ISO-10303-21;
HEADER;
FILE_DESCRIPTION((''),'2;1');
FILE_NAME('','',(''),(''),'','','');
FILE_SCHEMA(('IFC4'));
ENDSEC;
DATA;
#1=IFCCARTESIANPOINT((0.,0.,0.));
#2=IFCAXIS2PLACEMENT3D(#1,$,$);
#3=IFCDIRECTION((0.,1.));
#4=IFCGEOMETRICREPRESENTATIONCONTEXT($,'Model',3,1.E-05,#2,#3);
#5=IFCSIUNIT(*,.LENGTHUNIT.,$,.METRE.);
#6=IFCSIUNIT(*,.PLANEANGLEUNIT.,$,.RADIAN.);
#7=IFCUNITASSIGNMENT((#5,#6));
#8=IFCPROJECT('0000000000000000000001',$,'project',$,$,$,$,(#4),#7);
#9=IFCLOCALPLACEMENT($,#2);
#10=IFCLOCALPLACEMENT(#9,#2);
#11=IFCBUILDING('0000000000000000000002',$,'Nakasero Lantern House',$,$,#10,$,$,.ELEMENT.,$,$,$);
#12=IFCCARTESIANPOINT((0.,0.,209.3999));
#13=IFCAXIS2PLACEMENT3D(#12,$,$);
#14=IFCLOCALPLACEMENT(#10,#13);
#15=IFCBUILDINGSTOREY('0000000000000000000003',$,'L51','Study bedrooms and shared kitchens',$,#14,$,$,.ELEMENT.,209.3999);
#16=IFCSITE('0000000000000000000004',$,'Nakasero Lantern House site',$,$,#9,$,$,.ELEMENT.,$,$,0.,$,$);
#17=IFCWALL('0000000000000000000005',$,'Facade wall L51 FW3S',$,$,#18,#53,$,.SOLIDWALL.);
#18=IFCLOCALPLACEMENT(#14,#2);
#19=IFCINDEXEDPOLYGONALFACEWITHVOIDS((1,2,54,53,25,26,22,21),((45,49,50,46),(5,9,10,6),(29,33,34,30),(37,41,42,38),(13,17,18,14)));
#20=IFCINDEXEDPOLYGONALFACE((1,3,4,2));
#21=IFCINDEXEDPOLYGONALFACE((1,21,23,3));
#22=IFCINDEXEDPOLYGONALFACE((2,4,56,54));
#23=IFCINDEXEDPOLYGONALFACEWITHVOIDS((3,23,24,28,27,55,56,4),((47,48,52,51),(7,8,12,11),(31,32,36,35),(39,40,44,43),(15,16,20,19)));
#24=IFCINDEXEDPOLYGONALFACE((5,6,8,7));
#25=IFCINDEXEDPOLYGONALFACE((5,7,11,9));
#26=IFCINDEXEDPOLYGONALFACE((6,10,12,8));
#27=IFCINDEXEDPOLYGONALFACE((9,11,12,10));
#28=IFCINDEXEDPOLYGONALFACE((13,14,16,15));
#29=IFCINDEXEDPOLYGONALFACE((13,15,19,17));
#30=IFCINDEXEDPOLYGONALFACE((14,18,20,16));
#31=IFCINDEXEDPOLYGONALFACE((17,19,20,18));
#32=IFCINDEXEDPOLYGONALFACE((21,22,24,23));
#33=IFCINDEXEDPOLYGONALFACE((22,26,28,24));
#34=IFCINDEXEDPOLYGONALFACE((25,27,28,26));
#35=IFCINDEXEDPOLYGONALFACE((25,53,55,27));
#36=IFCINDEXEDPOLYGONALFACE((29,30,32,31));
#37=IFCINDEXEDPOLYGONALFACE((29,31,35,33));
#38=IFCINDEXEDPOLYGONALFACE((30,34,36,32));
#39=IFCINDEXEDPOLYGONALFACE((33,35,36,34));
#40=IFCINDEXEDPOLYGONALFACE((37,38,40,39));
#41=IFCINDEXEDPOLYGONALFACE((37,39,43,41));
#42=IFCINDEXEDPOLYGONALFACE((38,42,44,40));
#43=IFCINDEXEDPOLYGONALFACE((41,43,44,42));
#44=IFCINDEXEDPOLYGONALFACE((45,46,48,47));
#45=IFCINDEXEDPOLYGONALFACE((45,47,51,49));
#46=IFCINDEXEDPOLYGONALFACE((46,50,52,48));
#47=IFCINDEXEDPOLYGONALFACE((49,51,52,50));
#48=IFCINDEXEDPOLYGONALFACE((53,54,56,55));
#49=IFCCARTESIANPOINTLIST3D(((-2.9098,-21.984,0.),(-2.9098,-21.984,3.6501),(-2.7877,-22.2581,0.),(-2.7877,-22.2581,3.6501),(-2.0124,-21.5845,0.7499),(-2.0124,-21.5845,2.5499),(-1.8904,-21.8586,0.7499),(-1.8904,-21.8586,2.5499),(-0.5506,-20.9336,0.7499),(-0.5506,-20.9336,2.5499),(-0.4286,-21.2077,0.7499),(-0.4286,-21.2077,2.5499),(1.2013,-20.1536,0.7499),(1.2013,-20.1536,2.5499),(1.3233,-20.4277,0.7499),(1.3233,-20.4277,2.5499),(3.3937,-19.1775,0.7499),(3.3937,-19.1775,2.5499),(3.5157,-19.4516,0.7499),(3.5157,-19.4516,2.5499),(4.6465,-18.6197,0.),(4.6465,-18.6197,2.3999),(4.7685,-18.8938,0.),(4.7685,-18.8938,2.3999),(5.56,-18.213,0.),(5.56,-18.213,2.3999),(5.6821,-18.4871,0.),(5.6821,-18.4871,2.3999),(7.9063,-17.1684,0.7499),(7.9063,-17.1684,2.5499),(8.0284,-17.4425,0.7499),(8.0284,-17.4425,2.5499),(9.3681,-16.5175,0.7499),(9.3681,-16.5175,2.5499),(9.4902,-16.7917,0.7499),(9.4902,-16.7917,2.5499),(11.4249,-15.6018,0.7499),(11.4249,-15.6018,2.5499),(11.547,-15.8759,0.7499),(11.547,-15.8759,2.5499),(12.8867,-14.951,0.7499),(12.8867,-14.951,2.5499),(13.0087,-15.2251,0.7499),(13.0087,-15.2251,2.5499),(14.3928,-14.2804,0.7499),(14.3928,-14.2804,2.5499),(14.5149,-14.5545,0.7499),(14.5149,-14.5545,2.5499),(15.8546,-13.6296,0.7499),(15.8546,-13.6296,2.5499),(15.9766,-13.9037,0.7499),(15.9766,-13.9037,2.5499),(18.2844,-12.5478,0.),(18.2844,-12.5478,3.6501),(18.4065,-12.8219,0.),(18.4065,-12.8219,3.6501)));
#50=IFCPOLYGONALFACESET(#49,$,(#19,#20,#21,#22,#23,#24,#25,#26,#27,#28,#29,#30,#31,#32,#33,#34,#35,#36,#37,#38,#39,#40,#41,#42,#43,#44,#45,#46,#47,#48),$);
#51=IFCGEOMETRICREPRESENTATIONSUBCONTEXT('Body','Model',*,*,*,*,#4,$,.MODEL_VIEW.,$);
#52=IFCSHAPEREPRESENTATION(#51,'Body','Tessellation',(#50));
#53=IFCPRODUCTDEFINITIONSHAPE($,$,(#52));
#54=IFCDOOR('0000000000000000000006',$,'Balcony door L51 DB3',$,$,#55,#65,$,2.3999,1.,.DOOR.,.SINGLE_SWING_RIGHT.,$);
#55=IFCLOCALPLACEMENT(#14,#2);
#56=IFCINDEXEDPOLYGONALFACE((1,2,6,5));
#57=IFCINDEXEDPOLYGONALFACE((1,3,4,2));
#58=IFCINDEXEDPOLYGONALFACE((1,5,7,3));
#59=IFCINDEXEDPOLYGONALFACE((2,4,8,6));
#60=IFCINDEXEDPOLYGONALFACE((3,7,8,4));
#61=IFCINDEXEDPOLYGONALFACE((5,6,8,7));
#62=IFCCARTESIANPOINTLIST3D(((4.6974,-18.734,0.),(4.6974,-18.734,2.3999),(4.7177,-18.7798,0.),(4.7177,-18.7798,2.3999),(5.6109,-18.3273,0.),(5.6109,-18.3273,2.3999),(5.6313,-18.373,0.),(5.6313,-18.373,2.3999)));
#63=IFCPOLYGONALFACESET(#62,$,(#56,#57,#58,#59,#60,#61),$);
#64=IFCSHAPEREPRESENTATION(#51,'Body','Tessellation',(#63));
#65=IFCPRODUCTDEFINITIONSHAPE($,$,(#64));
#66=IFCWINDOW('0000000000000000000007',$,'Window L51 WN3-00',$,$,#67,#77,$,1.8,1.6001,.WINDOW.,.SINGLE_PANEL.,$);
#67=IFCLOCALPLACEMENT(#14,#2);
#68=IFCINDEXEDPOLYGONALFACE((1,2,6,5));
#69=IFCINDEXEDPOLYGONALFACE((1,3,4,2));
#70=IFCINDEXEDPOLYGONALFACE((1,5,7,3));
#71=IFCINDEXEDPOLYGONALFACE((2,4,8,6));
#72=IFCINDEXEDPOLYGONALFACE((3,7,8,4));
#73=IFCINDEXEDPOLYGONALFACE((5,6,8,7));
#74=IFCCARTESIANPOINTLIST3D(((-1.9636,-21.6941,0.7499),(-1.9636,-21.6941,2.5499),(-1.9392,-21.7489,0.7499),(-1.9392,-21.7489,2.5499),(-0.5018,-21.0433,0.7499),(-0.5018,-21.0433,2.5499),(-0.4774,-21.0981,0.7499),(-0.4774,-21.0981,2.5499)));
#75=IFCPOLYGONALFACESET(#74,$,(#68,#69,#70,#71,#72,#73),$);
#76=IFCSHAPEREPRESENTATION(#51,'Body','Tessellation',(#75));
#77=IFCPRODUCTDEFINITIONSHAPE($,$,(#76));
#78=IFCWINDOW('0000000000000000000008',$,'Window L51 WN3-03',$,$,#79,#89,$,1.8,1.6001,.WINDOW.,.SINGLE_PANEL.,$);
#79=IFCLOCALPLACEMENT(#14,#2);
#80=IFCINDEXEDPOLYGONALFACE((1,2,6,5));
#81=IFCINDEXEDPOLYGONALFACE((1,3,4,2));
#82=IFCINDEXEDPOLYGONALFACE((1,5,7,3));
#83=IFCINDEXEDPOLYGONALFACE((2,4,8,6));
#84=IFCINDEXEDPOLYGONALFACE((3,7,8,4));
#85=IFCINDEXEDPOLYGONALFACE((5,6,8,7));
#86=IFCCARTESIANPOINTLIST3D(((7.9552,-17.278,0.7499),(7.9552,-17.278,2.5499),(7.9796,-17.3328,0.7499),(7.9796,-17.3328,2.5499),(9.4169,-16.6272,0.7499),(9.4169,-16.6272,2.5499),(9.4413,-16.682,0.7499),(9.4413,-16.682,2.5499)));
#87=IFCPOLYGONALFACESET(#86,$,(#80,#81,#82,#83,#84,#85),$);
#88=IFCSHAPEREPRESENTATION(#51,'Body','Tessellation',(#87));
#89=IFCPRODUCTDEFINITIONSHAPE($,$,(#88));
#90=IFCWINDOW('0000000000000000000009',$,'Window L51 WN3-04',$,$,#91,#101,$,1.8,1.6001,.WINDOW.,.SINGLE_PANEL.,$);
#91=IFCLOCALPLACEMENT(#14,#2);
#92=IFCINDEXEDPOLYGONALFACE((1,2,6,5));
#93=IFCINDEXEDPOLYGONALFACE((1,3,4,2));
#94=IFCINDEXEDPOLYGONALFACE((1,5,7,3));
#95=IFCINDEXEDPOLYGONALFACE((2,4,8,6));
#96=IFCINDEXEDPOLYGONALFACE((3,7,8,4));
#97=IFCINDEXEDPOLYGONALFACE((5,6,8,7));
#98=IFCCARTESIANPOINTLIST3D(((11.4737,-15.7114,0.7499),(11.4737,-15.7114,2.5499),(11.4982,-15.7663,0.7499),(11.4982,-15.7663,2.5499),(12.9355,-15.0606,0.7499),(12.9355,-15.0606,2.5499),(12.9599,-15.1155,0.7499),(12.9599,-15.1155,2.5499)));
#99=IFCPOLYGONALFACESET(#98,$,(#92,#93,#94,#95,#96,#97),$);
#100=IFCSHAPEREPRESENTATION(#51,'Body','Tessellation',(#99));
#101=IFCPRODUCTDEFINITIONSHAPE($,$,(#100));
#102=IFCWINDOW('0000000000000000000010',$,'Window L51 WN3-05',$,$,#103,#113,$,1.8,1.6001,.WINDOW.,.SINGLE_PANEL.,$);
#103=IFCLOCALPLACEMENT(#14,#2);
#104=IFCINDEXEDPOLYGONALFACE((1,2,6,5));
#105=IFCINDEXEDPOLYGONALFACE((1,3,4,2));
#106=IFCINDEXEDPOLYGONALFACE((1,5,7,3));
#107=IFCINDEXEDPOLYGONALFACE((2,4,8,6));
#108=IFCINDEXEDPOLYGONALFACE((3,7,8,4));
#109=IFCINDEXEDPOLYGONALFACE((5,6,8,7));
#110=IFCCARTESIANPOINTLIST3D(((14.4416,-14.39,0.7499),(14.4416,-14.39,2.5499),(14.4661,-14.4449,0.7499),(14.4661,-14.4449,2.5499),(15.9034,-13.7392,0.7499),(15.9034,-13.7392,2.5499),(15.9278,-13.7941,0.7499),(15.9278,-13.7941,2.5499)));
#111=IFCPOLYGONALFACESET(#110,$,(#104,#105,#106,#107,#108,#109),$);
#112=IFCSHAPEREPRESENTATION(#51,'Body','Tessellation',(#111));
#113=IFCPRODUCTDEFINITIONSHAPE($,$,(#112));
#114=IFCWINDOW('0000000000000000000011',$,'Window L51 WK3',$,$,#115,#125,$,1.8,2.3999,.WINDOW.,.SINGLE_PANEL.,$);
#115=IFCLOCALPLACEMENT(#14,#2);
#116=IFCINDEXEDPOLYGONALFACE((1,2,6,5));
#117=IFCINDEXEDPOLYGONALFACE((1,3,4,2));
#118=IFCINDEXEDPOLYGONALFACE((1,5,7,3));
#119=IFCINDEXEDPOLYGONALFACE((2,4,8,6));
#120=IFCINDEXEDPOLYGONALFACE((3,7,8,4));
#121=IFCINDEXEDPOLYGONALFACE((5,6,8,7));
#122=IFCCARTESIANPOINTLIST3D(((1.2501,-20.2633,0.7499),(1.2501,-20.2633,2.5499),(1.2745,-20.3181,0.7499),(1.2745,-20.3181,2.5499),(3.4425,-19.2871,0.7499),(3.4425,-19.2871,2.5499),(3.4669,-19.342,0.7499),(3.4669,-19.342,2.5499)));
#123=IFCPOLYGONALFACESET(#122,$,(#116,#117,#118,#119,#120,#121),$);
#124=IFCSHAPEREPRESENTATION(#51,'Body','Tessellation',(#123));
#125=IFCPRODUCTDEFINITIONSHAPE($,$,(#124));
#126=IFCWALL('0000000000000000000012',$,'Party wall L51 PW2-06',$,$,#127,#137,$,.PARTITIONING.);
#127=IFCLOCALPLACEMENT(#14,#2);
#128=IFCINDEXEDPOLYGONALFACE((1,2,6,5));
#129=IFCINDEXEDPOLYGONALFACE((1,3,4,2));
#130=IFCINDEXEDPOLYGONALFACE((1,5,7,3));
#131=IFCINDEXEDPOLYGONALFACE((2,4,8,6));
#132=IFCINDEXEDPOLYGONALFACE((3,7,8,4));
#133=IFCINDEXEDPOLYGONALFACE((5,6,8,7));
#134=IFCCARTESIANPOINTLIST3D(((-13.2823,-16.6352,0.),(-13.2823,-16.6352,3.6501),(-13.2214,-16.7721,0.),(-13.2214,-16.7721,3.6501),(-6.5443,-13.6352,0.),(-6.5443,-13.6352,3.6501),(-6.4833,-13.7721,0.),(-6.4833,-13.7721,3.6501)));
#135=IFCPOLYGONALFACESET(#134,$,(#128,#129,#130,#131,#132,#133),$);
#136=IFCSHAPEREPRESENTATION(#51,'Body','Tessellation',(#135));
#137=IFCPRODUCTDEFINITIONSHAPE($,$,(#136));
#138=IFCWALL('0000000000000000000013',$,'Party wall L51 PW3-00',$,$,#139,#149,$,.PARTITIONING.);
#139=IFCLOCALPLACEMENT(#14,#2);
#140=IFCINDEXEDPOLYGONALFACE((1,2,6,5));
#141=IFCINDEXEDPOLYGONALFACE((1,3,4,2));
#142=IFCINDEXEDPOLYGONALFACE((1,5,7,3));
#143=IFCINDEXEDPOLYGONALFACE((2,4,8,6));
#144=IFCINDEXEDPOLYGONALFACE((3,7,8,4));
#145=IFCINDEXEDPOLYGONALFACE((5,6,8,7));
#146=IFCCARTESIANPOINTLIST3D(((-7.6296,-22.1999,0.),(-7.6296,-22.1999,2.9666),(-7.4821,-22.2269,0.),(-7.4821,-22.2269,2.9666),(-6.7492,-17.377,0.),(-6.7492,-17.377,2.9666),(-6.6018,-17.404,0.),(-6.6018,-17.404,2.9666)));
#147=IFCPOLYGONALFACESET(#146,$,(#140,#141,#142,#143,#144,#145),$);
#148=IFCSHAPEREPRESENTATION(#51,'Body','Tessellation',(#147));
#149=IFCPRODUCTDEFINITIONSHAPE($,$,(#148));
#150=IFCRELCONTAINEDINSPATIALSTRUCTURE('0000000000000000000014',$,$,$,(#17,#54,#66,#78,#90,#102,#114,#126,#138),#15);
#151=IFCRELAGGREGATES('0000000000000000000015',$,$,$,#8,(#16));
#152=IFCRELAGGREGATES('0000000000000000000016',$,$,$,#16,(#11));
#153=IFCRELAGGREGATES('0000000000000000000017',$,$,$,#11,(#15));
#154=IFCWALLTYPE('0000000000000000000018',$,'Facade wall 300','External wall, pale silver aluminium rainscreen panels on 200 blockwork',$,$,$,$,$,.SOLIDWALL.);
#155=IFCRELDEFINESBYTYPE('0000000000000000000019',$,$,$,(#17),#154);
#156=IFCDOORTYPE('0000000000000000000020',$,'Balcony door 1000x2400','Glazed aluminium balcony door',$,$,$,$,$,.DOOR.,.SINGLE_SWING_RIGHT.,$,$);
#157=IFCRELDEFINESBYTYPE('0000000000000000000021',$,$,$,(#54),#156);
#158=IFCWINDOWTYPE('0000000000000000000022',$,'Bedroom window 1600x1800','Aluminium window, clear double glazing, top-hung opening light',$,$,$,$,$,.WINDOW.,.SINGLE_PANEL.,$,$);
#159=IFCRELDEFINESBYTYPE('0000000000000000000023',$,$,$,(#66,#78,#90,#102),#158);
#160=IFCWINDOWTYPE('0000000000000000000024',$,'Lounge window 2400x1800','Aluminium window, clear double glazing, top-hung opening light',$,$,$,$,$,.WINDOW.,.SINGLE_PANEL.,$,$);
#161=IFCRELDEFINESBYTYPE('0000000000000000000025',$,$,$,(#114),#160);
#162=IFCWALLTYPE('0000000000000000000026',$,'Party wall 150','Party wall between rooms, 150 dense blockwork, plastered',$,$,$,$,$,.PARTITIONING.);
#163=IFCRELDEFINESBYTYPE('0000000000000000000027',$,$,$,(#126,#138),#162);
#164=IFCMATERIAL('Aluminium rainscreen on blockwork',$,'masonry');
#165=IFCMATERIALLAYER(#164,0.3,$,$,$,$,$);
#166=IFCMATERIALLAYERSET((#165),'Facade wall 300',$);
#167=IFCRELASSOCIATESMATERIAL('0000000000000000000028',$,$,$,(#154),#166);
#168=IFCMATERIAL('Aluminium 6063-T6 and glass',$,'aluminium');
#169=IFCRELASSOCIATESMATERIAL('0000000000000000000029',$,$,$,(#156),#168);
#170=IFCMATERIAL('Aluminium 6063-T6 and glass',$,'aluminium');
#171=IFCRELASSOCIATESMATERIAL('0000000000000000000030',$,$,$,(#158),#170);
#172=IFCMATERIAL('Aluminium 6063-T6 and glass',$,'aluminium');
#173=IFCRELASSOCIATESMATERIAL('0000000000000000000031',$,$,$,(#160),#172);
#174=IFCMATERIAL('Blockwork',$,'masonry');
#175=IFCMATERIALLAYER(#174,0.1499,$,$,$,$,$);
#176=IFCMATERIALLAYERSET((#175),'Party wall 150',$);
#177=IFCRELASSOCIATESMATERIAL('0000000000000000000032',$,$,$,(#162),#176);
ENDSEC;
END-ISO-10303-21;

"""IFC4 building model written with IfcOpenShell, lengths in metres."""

from ifc_helpers import new_model, si_unit, direction, frame, frame_2d, origin, place, context, subcontext, project, spatial, rectangle, extrude, material, layer, layer_set, type_object, element, fill, save


model = new_model("IFC4")

# Units and contexts
model_context = context("Model", 3, precision=1e-05, world=origin(), true_north=direction((0.0, 1.0)))
body_context = subcontext(model_context, "Body", "Model", "MODEL_VIEW")
ifc_project = project(units=[si_unit("LENGTHUNIT", "METRE"), si_unit("PLANEANGLEUNIT", "RADIAN")], contexts=[model_context])

# Site, building, storey
site_placement = place(None, origin())
site = spatial("IfcSite", under=ifc_project, at=site_placement, Name="Nakasero Lantern House site", CompositionType="ELEMENT", RefElevation=0.0)
building_placement = place(site_placement, origin())
building = spatial("IfcBuilding", under=site, at=building_placement, Name="Nakasero Lantern House", CompositionType="ELEMENT")
storey_placement = place(building_placement, frame((0.0, 0.0, 209.3999)))
storey = spatial("IfcBuildingStorey", under=building, at=storey_placement, Name="L51", Description="Study bedrooms and shared kitchens", CompositionType="ELEMENT", Elevation=209.3999)

# Shared definitions
ifc_material_1 = material(Name="Aluminium rainscreen on blockwork", Category="masonry")
ifc_layer_1 = layer(ifc_material_1, 0.3)
ifc_layer_set_1 = layer_set([ifc_layer_1], Name="Facade wall 300")
wall_type_1 = type_object("IfcWallType", Name="Facade wall 300", Description="External wall, pale silver aluminium rainscreen panels on 200 blockwork", PredefinedType="SOLIDWALL", material=ifc_layer_set_1)

# Wall, openings, door, windows
wall_1_placement = place(storey_placement, frame((-2.8489, -22.1211, 0.0), z_axis=(0.0, 0.0, 1.0), x_axis=(0.913546, 0.406735, 0.0)))
wall_1 = element("IfcWall", 1, at=wall_1_placement, inside=storey, type_object=wall_type_1, Name="Facade wall L51 FW3S", PredefinedType="SOLIDWALL", context=body_context, shape_type="SweptSolid", body=[
    extrude(rectangle(XDim=23.2, YDim=0.3, at=frame_2d((11.6001, 0.0))), origin(), (0.0, 0.0, 1.0), 3.6501),
])
opening_1_placement = place(wall_1_placement, frame((0.9824, 0.0, 0.75)))
opening_1 = element("IfcOpeningElement", 2, at=opening_1_placement, cuts=wall_1, PredefinedType="OPENING", context=body_context, shape_type="SweptSolid", body=[
    extrude(rectangle(XDim=1.6001, YDim=1.8, at=frame_2d((0.8, 0.8999))), frame((0.0, 0.1699, 0.0), z_axis=(0.0, -1.0, 0.0), x_axis=(1.0, 0.0, 0.0)), (0.0, 0.0, 1.0), 0.3401),
])
opening_2_placement = place(wall_1_placement, frame((11.8398, 0.0, 0.75)))
opening_2 = element("IfcOpeningElement", 3, at=opening_2_placement, cuts=wall_1, PredefinedType="OPENING", context=body_context, shape_type="SweptSolid", body=[
    extrude(rectangle(XDim=1.6001, YDim=1.8, at=frame_2d((0.8, 0.8999))), frame((0.0, 0.1699, 0.0), z_axis=(0.0, -1.0, 0.0), x_axis=(1.0, 0.0, 0.0)), (0.0, 0.0, 1.0), 0.3401),
])
opening_3_placement = place(wall_1_placement, frame((15.6914, 0.0, 0.75)))
opening_3 = element("IfcOpeningElement", 4, at=opening_3_placement, cuts=wall_1, PredefinedType="OPENING", context=body_context, shape_type="SweptSolid", body=[
    extrude(rectangle(XDim=1.6001, YDim=1.8, at=frame_2d((0.8, 0.8999))), frame((0.0, 0.1699, 0.0), z_axis=(0.0, -1.0, 0.0), x_axis=(1.0, 0.0, 0.0)), (0.0, 0.0, 1.0), 0.3401),
])
opening_4_placement = place(wall_1_placement, frame((18.9402, 0.0, 0.75)))
opening_4 = element("IfcOpeningElement", 5, at=opening_4_placement, cuts=wall_1, PredefinedType="OPENING", context=body_context, shape_type="SweptSolid", body=[
    extrude(rectangle(XDim=1.6001, YDim=1.8, at=frame_2d((0.8, 0.8999))), frame((0.0, 0.1699, 0.0), z_axis=(0.0, -1.0, 0.0), x_axis=(1.0, 0.0, 0.0)), (0.0, 0.0, 1.0), 0.3401),
])
opening_5_placement = place(wall_1_placement, frame((4.5002, 0.0, 0.75)))
opening_5 = element("IfcOpeningElement", 6, at=opening_5_placement, cuts=wall_1, PredefinedType="OPENING", context=body_context, shape_type="SweptSolid", body=[
    extrude(rectangle(XDim=2.3999, YDim=1.8, at=frame_2d((1.2, 0.8999))), frame((0.0, 0.1699, 0.0), z_axis=(0.0, -1.0, 0.0), x_axis=(1.0, 0.0, 0.0)), (0.0, 0.0, 1.0), 0.3401),
])
opening_6_placement = place(wall_1_placement, frame((8.2715, 0.0, 0.0)))
opening_6 = element("IfcOpeningElement", 7, at=opening_6_placement, cuts=wall_1, PredefinedType="OPENING", context=body_context, shape_type="SweptSolid", body=[
    extrude(rectangle(XDim=1.0, YDim=2.3999, at=frame_2d((0.5, 1.2))), frame((0.0, 0.1699, 0.0), z_axis=(0.0, -1.0, 0.0), x_axis=(1.0, 0.0, 0.0)), (0.0, 0.0, 1.0), 0.3401),
])
ifc_material_2 = material(Name="Aluminium 6063-T6 and glass", Category="aluminium")
door_type_1 = type_object("IfcDoorType", Name="Balcony door 1000x2400", Description="Glazed aluminium balcony door", OperationType="SINGLE_SWING_RIGHT", PredefinedType="DOOR", material=ifc_material_2)
door_1_placement = place(opening_6_placement, origin())
door_1 = element("IfcDoor", 8, at=door_1_placement, inside=storey, type_object=door_type_1, Name="Balcony door L51 DB3", OperationType="SINGLE_SWING_RIGHT", OverallHeight=2.3999, OverallWidth=1.0, PredefinedType="DOOR", context=body_context, shape_type="SweptSolid", body=[
    extrude(rectangle(XDim=1.0, YDim=2.3999, at=frame_2d((0.5, 1.2))), frame((0.0, 0.0249, 0.0), z_axis=(0.0, -1.0, 0.0), x_axis=(1.0, 0.0, 0.0)), (0.0, 0.0, 1.0), 0.05),
])
fill(opening_6, door_1)
ifc_material_3 = material(Name="Aluminium 6063-T6 and glass", Category="aluminium")
window_type_1 = type_object("IfcWindowType", Name="Bedroom window 1600x1800", Description="Aluminium window, clear double glazing, top-hung opening light", PartitioningType="SINGLE_PANEL", PredefinedType="WINDOW", material=ifc_material_3)
window_1_placement = place(opening_1_placement, origin())
window_1 = element("IfcWindow", 9, at=window_1_placement, inside=storey, type_object=window_type_1, Name="Window L51 WN3-00", OverallHeight=1.8, OverallWidth=1.6001, PartitioningType="SINGLE_PANEL", PredefinedType="WINDOW", context=body_context, shape_type="SweptSolid", body=[
    extrude(rectangle(XDim=1.6001, YDim=1.8, at=frame_2d((0.8, 0.8999))), frame((0.0, 0.03, 0.0), z_axis=(0.0, -1.0, 0.0), x_axis=(1.0, 0.0, 0.0)), (0.0, 0.0, 1.0), 0.0601),
])
fill(opening_1, window_1)
window_2_placement = place(opening_2_placement, origin())
window_2 = element("IfcWindow", 10, at=window_2_placement, inside=storey, type_object=window_type_1, Name="Window L51 WN3-03", OverallHeight=1.8, OverallWidth=1.6001, PartitioningType="SINGLE_PANEL", PredefinedType="WINDOW", context=body_context, shape_type="SweptSolid", body=[
    extrude(rectangle(XDim=1.6001, YDim=1.8, at=frame_2d((0.8, 0.8999))), frame((0.0, 0.03, 0.0), z_axis=(0.0, -1.0, 0.0), x_axis=(1.0, 0.0, 0.0)), (0.0, 0.0, 1.0), 0.0601),
])
fill(opening_2, window_2)
window_3_placement = place(opening_3_placement, origin())
window_3 = element("IfcWindow", 11, at=window_3_placement, inside=storey, type_object=window_type_1, Name="Window L51 WN3-04", OverallHeight=1.8, OverallWidth=1.6001, PartitioningType="SINGLE_PANEL", PredefinedType="WINDOW", context=body_context, shape_type="SweptSolid", body=[
    extrude(rectangle(XDim=1.6001, YDim=1.8, at=frame_2d((0.8, 0.8999))), frame((0.0, 0.03, 0.0), z_axis=(0.0, -1.0, 0.0), x_axis=(1.0, 0.0, 0.0)), (0.0, 0.0, 1.0), 0.0601),
])
fill(opening_3, window_3)
window_4_placement = place(opening_4_placement, origin())
window_4 = element("IfcWindow", 12, at=window_4_placement, inside=storey, type_object=window_type_1, Name="Window L51 WN3-05", OverallHeight=1.8, OverallWidth=1.6001, PartitioningType="SINGLE_PANEL", PredefinedType="WINDOW", context=body_context, shape_type="SweptSolid", body=[
    extrude(rectangle(XDim=1.6001, YDim=1.8, at=frame_2d((0.8, 0.8999))), frame((0.0, 0.03, 0.0), z_axis=(0.0, -1.0, 0.0), x_axis=(1.0, 0.0, 0.0)), (0.0, 0.0, 1.0), 0.0601),
])
fill(opening_4, window_4)
ifc_material_4 = material(Name="Aluminium 6063-T6 and glass", Category="aluminium")
window_type_2 = type_object("IfcWindowType", Name="Lounge window 2400x1800", Description="Aluminium window, clear double glazing, top-hung opening light", PartitioningType="SINGLE_PANEL", PredefinedType="WINDOW", material=ifc_material_4)
window_5_placement = place(opening_5_placement, origin())
window_5 = element("IfcWindow", 13, at=window_5_placement, inside=storey, type_object=window_type_2, Name="Window L51 WK3", OverallHeight=1.8, OverallWidth=2.3999, PartitioningType="SINGLE_PANEL", PredefinedType="WINDOW", context=body_context, shape_type="SweptSolid", body=[
    extrude(rectangle(XDim=2.3999, YDim=1.8, at=frame_2d((1.2, 0.8999))), frame((0.0, 0.03, 0.0), z_axis=(0.0, -1.0, 0.0), x_axis=(1.0, 0.0, 0.0)), (0.0, 0.0, 1.0), 0.0601),
])
fill(opening_5, window_5)

# Walls
ifc_material_5 = material(Name="Blockwork", Category="masonry")
ifc_layer_2 = layer(ifc_material_5, 0.1499)
ifc_layer_set_2 = layer_set([ifc_layer_2], Name="Party wall 150")
wall_type_2 = type_object("IfcWallType", Name="Party wall 150", Description="Party wall between rooms, 150 dense blockwork, plastered", PredefinedType="PARTITIONING", material=ifc_layer_set_2)
wall_2_placement = place(storey_placement, frame((-6.5137, -13.7036, 0.0), z_axis=(0.0, 0.0, 1.0), x_axis=(-0.913544, -0.40674, 0.0)))
element("IfcWall", 14, at=wall_2_placement, inside=storey, type_object=wall_type_2, Name="Party wall L51 PW2-06", PredefinedType="PARTITIONING", context=body_context, shape_type="SweptSolid", body=[
    extrude(rectangle(XDim=7.3757, YDim=0.1499, at=frame_2d((3.688, 0.0))), origin(), (0.0, 0.0, 1.0), 3.6501),
])
wall_3_placement = place(storey_placement, frame((-6.6755, -17.3906, 0.0), z_axis=(0.0, 0.0, 1.0), x_axis=(-0.179569, -0.983745, 0.0)))
element("IfcWall", 15, at=wall_3_placement, inside=storey, type_object=wall_type_2, Name="Party wall L51 PW3-00", PredefinedType="PARTITIONING", context=body_context, shape_type="SweptSolid", body=[
    extrude(rectangle(XDim=4.9026, YDim=0.1499, at=frame_2d((2.4512, 0.0))), origin(), (0.0, 0.0, 1.0), 2.9666),
])

save(model, "model.ifc")
